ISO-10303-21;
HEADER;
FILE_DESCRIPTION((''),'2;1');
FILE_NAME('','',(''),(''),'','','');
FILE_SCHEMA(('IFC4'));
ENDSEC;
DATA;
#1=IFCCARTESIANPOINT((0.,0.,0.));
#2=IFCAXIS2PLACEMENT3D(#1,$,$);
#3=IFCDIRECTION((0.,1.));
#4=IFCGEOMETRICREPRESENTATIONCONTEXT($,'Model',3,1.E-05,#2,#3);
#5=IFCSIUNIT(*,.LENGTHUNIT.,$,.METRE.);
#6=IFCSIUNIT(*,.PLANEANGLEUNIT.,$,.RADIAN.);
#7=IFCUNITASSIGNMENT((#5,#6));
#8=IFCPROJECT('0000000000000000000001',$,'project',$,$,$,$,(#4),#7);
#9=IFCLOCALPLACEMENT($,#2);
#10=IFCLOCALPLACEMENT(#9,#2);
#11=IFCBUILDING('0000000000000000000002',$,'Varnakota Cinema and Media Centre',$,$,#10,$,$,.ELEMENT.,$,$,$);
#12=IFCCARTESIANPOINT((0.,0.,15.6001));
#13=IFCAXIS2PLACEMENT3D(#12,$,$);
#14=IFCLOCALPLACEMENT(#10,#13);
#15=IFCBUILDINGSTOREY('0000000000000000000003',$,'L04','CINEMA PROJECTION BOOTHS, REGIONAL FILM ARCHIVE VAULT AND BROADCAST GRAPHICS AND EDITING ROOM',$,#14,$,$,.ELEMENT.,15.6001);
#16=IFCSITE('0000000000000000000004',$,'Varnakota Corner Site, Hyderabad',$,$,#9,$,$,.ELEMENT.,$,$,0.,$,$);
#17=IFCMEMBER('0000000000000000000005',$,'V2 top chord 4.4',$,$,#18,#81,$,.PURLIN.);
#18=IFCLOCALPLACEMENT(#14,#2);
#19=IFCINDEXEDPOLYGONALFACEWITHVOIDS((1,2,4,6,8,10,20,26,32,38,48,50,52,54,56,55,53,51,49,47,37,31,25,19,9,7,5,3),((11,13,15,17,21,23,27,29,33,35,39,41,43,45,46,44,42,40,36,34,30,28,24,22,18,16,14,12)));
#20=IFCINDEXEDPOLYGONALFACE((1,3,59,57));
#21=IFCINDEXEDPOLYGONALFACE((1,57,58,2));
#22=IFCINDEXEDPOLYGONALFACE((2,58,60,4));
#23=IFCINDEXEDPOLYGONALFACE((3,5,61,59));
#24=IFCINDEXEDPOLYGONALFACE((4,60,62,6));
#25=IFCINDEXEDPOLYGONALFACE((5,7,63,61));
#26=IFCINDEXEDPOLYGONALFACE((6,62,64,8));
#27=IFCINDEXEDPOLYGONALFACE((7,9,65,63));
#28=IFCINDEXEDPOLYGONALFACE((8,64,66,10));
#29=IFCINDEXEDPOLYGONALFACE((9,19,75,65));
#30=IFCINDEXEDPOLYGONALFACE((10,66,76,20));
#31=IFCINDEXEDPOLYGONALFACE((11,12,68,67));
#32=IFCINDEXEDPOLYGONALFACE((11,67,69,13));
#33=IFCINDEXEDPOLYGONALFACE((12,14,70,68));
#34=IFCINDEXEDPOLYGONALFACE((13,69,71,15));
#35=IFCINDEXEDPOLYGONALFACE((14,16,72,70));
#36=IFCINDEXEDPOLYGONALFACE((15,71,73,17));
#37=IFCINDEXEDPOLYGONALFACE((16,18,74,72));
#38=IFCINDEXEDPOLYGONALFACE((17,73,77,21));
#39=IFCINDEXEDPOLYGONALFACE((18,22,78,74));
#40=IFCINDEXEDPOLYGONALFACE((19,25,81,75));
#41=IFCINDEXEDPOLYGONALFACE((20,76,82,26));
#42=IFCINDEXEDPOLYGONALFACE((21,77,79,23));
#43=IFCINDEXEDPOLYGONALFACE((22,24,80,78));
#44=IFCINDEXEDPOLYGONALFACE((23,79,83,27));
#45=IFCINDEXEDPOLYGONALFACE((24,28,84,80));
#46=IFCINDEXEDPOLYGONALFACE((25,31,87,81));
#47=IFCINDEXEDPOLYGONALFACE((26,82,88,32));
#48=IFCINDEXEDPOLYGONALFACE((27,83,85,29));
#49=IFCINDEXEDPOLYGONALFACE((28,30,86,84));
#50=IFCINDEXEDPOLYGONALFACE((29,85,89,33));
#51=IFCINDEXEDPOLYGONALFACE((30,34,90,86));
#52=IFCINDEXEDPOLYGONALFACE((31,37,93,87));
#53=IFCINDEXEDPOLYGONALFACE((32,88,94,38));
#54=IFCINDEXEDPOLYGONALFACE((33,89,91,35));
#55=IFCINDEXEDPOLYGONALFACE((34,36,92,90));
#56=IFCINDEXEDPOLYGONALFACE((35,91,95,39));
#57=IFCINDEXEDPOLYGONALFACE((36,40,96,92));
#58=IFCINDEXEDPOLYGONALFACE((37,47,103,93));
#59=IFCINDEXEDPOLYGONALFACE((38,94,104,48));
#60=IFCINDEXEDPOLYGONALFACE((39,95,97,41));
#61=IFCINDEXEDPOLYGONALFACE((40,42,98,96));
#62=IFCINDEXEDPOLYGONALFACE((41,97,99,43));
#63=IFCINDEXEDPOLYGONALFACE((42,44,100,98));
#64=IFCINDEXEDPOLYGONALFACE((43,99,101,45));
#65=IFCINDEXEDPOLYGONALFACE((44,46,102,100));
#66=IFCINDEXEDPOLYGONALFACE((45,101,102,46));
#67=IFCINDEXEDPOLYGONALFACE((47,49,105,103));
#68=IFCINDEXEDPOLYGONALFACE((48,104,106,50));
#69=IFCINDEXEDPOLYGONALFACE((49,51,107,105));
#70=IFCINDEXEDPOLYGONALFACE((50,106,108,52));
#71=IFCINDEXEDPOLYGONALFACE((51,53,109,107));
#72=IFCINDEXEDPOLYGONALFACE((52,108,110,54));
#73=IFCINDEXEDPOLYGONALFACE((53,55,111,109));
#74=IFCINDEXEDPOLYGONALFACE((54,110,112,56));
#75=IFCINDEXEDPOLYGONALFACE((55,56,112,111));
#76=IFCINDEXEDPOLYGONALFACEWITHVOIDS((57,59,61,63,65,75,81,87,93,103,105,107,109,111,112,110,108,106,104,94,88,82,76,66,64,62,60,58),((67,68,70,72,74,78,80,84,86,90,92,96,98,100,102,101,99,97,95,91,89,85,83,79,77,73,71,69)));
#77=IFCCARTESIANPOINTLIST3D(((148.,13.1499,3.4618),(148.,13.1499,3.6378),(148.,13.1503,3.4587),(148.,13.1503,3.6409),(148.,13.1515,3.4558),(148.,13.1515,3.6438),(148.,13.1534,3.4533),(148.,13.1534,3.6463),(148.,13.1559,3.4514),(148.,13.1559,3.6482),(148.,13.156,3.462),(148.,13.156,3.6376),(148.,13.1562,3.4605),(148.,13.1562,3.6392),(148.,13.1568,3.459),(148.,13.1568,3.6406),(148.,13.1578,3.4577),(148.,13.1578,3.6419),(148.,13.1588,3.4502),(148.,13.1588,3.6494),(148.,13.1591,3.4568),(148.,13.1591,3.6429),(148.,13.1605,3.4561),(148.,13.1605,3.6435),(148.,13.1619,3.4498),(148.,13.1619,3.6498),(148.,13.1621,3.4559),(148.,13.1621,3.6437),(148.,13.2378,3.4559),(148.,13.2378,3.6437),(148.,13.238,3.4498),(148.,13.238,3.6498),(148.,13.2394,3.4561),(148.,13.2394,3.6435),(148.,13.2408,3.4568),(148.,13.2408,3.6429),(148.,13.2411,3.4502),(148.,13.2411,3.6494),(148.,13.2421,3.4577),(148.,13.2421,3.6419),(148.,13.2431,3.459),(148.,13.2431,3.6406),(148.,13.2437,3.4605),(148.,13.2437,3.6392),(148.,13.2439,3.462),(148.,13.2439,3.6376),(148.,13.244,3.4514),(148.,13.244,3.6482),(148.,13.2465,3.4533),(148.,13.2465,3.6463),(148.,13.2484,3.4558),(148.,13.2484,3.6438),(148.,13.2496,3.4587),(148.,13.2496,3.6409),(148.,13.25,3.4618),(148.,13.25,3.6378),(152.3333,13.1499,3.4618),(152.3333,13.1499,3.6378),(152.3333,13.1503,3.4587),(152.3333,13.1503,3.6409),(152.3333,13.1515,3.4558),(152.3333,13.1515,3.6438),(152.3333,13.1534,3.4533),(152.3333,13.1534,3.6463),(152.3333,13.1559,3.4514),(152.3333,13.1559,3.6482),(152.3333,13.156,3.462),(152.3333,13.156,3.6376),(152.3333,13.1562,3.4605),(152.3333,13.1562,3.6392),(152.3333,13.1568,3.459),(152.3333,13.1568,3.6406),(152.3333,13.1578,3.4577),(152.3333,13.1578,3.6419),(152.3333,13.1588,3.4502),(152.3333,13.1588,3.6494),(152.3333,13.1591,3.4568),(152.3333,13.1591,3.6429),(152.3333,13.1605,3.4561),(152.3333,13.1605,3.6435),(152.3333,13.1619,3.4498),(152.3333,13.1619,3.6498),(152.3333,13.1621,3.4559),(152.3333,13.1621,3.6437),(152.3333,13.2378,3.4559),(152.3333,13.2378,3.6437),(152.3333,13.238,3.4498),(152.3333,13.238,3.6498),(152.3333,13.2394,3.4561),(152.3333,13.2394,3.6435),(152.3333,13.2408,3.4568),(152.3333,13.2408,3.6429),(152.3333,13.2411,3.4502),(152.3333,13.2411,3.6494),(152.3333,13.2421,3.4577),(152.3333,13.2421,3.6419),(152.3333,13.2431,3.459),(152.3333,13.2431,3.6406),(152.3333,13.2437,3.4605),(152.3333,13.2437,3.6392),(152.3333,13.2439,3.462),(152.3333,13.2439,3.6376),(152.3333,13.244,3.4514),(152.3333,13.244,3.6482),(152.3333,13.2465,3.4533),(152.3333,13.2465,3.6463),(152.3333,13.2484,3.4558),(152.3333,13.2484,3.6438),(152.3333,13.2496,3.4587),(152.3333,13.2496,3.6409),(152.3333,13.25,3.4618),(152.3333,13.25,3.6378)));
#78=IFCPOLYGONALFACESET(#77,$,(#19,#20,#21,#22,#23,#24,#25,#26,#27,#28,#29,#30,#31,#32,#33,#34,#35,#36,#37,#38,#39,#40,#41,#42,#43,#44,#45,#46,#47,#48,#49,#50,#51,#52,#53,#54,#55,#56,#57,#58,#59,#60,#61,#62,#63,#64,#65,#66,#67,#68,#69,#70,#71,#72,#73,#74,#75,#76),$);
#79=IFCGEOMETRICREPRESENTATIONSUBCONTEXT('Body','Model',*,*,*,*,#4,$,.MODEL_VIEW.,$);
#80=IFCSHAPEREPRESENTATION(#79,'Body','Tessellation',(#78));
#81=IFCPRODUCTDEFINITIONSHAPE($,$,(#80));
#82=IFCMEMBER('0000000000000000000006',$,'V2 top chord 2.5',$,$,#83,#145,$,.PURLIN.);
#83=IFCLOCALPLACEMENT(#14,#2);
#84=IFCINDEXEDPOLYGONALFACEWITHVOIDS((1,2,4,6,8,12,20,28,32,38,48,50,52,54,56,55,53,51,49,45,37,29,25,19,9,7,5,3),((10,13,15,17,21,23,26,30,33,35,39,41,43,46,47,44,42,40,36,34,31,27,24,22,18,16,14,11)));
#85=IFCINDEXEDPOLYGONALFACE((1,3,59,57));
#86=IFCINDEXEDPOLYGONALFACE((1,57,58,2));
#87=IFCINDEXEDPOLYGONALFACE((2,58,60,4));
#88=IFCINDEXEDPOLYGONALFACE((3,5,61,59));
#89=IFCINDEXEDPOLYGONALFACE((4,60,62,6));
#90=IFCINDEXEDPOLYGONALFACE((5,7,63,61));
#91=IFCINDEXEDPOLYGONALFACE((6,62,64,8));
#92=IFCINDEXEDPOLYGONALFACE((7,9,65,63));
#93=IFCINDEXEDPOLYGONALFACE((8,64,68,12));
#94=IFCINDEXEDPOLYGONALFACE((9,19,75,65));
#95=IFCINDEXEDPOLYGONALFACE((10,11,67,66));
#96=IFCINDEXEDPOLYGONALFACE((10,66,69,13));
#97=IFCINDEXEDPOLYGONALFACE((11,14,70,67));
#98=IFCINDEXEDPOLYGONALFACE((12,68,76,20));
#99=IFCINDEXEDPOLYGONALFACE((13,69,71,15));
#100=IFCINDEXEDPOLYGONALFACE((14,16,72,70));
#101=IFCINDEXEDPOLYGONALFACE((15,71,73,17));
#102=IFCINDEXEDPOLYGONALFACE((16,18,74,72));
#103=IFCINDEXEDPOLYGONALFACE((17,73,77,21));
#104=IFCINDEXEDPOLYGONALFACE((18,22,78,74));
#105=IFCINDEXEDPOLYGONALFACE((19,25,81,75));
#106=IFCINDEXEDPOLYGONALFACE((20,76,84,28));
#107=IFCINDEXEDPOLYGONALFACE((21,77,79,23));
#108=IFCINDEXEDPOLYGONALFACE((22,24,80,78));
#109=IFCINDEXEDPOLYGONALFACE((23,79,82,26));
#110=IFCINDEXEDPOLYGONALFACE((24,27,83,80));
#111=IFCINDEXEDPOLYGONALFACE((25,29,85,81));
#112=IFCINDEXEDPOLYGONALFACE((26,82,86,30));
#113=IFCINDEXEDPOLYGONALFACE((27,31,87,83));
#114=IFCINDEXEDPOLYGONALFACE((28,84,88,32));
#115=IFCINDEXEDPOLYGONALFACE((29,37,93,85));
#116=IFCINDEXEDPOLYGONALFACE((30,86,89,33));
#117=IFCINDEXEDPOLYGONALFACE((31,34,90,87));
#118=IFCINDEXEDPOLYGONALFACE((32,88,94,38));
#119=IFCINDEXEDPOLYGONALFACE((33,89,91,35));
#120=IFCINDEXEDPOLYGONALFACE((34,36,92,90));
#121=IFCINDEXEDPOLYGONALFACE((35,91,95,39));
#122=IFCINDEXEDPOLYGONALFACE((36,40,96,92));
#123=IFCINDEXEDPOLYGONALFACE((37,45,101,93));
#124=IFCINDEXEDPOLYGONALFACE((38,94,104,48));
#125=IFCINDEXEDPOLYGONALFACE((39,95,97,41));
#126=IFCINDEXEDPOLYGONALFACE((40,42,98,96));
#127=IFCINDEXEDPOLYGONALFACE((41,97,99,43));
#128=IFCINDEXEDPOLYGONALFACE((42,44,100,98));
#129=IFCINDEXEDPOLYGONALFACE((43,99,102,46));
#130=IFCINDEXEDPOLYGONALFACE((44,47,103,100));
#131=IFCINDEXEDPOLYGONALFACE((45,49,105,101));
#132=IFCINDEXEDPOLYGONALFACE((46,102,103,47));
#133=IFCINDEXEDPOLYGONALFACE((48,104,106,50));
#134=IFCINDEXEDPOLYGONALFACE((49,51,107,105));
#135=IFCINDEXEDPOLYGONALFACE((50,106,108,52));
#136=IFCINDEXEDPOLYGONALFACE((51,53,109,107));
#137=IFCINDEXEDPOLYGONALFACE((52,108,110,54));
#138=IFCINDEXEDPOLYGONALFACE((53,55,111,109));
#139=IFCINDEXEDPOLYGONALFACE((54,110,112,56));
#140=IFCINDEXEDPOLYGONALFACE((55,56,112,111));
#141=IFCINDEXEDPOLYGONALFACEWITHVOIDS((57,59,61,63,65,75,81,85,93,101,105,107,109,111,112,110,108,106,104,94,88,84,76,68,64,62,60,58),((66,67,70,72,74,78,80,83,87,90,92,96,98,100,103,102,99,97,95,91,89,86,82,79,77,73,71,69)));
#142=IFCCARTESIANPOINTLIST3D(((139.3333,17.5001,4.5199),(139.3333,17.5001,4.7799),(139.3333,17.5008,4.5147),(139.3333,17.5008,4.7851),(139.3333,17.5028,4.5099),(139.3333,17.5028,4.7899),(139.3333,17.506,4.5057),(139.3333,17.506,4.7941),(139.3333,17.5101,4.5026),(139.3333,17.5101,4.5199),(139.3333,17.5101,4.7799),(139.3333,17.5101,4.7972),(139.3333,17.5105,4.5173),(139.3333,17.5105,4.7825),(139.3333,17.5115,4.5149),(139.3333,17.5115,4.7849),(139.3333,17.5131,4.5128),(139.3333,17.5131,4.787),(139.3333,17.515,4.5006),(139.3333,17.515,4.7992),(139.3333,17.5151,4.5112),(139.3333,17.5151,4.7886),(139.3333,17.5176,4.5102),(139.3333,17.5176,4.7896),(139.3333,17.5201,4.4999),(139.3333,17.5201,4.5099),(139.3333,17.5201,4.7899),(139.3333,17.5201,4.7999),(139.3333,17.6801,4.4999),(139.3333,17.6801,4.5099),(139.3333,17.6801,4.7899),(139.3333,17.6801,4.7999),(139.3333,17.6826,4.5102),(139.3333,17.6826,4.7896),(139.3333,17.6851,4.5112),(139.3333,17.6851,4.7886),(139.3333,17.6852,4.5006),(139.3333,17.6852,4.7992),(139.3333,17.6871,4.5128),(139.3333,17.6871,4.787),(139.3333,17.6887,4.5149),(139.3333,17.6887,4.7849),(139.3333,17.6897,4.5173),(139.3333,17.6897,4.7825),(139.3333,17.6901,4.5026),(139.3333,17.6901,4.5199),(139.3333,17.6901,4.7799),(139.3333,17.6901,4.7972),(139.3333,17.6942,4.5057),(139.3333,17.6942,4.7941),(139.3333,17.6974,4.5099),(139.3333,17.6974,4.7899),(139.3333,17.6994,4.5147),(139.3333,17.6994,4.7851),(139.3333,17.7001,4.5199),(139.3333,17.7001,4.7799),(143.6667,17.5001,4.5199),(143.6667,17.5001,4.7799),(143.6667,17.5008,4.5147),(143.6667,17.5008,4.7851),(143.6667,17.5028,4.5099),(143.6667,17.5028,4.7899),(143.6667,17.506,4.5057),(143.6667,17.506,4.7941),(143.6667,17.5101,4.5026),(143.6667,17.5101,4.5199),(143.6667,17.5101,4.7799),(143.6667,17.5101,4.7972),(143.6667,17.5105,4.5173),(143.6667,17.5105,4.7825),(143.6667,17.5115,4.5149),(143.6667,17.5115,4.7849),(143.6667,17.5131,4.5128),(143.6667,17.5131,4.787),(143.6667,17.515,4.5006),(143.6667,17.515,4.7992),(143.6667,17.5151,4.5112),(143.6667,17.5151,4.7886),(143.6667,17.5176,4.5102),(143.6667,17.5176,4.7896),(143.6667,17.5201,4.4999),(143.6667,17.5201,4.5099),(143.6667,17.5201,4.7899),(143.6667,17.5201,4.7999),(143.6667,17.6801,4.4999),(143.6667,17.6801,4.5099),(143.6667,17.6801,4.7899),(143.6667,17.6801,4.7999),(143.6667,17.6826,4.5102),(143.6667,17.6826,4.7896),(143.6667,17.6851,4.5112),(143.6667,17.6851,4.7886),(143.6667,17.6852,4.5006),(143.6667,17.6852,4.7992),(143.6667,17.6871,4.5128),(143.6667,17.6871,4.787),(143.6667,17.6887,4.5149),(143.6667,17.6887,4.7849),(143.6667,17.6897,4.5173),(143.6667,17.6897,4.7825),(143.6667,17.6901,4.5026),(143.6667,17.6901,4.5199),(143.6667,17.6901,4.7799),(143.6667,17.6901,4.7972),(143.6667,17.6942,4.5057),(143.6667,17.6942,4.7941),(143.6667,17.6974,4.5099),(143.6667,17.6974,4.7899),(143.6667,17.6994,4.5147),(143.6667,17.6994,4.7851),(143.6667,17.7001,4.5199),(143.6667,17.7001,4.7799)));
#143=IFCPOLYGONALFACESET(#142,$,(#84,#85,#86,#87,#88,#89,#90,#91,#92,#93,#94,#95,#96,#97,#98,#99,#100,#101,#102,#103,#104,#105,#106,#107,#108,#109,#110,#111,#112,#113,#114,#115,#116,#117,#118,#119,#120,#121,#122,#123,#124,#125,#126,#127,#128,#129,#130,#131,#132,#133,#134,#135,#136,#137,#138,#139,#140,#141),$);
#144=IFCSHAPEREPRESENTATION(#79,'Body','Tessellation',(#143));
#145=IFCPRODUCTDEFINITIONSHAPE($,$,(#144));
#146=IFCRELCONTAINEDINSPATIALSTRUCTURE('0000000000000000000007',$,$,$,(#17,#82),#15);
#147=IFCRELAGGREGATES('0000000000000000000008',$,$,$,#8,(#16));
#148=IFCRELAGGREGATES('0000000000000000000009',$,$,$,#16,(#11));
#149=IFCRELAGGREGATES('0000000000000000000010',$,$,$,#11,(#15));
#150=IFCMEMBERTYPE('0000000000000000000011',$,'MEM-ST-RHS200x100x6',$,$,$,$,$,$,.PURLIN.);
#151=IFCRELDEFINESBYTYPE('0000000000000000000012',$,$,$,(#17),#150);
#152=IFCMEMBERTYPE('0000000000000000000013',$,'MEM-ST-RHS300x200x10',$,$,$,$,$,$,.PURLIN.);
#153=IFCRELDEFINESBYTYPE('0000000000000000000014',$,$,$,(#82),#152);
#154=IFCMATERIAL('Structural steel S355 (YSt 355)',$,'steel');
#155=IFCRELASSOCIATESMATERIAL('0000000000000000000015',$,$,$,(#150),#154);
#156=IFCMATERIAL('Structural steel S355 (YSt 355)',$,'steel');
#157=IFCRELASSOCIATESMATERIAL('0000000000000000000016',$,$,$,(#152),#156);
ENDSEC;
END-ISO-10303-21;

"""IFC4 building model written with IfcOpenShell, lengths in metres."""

from ifc_helpers import new_model, si_unit, direction, frame, origin, origin_2d, place, context, subcontext, project, spatial, hollow_rectangle, extrude, material, material_profile, profile_set, type_object, element, save


model = new_model("IFC4")

# Units and contexts
model_context = context("Model", 3, precision=1e-05, world=origin(), true_north=direction((0.0, 1.0)))
body_context = subcontext(model_context, "Body", "Model", "MODEL_VIEW")
ifc_project = project(units=[si_unit("LENGTHUNIT", "METRE"), si_unit("PLANEANGLEUNIT", "RADIAN")], contexts=[model_context])

# Site, building, storey
site_placement = place(None, origin())
site = spatial("IfcSite", under=ifc_project, at=site_placement, Name="Varnakota Corner Site, Hyderabad", CompositionType="ELEMENT", RefElevation=0.0)
building_placement = place(site_placement, origin())
building = spatial("IfcBuilding", under=site, at=building_placement, Name="Varnakota Cinema and Media Centre", CompositionType="ELEMENT")
storey_placement = place(building_placement, frame((0.0, 0.0, 15.6001)))
storey = spatial("IfcBuildingStorey", under=building, at=storey_placement, Name="L04", Description="CINEMA PROJECTION BOOTHS, REGIONAL FILM ARCHIVE VAULT AND BROADCAST GRAPHICS AND EDITING ROOM", CompositionType="ELEMENT", Elevation=15.6001)

# Members
ifc_material_1 = material(Name="Structural steel S355 (YSt 355)", Category="steel")
ifc_material_profile_1 = material_profile(ifc_material_1, hollow_rectangle(XDim=0.1001, YDim=0.2, WallThickness=0.0061, InnerFilletRadius=0.0061, OuterFilletRadius=0.012, at=origin_2d()), Name="RHS 200x100x6")
ifc_profile_set_1 = profile_set([ifc_material_profile_1], Name="Structural steel S355 (YSt 355)")
member_type_1 = type_object("IfcMemberType", Name="MEM-ST-RHS200x100x6", PredefinedType="PURLIN", material=ifc_profile_set_1)
for number, where, z_axis, x_axis, name in (
    (1, (148.0, 13.2, 3.5498), (1.0, 0.0, 0.0), (0.0, 1.0, 0.0), "V2 top chord 4.4"),
):
    element("IfcMember", number, at=place(storey_placement, frame(where, z_axis=z_axis, x_axis=x_axis)), inside=storey, type_object=member_type_1, Name=name, PredefinedType="PURLIN", context=body_context, shape_type="SweptSolid", body=[
        extrude(hollow_rectangle(XDim=0.1001, YDim=0.2, WallThickness=0.0061, InnerFilletRadius=0.0061, OuterFilletRadius=0.012, at=origin_2d()), origin(), (0.0, 0.0, 1.0), 4.3333),
    ])
ifc_material_2 = material(Name="Structural steel S355 (YSt 355)", Category="steel")
ifc_material_profile_2 = material_profile(ifc_material_2, hollow_rectangle(XDim=0.2, YDim=0.3, WallThickness=0.01, InnerFilletRadius=0.01, OuterFilletRadius=0.02, at=origin_2d()), Name="RHS 300x200x10")
ifc_profile_set_2 = profile_set([ifc_material_profile_2], Name="Structural steel S355 (YSt 355)")
member_type_2 = type_object("IfcMemberType", Name="MEM-ST-RHS300x200x10", PredefinedType="PURLIN", material=ifc_profile_set_2)
member_1_placement = place(storey_placement, frame((139.3333, 17.6001, 4.6499), z_axis=(1.0, 0.0, 0.0), x_axis=(0.0, 1.0, 0.0)))
element("IfcMember", 2, at=member_1_placement, inside=storey, type_object=member_type_2, Name="V2 top chord 2.5", PredefinedType="PURLIN", context=body_context, shape_type="SweptSolid", body=[
    extrude(hollow_rectangle(XDim=0.2, YDim=0.3, WallThickness=0.01, InnerFilletRadius=0.01, OuterFilletRadius=0.02, at=origin_2d()), origin(), (0.0, 0.0, 1.0), 4.3335),
])

save(model, "model.ifc")
